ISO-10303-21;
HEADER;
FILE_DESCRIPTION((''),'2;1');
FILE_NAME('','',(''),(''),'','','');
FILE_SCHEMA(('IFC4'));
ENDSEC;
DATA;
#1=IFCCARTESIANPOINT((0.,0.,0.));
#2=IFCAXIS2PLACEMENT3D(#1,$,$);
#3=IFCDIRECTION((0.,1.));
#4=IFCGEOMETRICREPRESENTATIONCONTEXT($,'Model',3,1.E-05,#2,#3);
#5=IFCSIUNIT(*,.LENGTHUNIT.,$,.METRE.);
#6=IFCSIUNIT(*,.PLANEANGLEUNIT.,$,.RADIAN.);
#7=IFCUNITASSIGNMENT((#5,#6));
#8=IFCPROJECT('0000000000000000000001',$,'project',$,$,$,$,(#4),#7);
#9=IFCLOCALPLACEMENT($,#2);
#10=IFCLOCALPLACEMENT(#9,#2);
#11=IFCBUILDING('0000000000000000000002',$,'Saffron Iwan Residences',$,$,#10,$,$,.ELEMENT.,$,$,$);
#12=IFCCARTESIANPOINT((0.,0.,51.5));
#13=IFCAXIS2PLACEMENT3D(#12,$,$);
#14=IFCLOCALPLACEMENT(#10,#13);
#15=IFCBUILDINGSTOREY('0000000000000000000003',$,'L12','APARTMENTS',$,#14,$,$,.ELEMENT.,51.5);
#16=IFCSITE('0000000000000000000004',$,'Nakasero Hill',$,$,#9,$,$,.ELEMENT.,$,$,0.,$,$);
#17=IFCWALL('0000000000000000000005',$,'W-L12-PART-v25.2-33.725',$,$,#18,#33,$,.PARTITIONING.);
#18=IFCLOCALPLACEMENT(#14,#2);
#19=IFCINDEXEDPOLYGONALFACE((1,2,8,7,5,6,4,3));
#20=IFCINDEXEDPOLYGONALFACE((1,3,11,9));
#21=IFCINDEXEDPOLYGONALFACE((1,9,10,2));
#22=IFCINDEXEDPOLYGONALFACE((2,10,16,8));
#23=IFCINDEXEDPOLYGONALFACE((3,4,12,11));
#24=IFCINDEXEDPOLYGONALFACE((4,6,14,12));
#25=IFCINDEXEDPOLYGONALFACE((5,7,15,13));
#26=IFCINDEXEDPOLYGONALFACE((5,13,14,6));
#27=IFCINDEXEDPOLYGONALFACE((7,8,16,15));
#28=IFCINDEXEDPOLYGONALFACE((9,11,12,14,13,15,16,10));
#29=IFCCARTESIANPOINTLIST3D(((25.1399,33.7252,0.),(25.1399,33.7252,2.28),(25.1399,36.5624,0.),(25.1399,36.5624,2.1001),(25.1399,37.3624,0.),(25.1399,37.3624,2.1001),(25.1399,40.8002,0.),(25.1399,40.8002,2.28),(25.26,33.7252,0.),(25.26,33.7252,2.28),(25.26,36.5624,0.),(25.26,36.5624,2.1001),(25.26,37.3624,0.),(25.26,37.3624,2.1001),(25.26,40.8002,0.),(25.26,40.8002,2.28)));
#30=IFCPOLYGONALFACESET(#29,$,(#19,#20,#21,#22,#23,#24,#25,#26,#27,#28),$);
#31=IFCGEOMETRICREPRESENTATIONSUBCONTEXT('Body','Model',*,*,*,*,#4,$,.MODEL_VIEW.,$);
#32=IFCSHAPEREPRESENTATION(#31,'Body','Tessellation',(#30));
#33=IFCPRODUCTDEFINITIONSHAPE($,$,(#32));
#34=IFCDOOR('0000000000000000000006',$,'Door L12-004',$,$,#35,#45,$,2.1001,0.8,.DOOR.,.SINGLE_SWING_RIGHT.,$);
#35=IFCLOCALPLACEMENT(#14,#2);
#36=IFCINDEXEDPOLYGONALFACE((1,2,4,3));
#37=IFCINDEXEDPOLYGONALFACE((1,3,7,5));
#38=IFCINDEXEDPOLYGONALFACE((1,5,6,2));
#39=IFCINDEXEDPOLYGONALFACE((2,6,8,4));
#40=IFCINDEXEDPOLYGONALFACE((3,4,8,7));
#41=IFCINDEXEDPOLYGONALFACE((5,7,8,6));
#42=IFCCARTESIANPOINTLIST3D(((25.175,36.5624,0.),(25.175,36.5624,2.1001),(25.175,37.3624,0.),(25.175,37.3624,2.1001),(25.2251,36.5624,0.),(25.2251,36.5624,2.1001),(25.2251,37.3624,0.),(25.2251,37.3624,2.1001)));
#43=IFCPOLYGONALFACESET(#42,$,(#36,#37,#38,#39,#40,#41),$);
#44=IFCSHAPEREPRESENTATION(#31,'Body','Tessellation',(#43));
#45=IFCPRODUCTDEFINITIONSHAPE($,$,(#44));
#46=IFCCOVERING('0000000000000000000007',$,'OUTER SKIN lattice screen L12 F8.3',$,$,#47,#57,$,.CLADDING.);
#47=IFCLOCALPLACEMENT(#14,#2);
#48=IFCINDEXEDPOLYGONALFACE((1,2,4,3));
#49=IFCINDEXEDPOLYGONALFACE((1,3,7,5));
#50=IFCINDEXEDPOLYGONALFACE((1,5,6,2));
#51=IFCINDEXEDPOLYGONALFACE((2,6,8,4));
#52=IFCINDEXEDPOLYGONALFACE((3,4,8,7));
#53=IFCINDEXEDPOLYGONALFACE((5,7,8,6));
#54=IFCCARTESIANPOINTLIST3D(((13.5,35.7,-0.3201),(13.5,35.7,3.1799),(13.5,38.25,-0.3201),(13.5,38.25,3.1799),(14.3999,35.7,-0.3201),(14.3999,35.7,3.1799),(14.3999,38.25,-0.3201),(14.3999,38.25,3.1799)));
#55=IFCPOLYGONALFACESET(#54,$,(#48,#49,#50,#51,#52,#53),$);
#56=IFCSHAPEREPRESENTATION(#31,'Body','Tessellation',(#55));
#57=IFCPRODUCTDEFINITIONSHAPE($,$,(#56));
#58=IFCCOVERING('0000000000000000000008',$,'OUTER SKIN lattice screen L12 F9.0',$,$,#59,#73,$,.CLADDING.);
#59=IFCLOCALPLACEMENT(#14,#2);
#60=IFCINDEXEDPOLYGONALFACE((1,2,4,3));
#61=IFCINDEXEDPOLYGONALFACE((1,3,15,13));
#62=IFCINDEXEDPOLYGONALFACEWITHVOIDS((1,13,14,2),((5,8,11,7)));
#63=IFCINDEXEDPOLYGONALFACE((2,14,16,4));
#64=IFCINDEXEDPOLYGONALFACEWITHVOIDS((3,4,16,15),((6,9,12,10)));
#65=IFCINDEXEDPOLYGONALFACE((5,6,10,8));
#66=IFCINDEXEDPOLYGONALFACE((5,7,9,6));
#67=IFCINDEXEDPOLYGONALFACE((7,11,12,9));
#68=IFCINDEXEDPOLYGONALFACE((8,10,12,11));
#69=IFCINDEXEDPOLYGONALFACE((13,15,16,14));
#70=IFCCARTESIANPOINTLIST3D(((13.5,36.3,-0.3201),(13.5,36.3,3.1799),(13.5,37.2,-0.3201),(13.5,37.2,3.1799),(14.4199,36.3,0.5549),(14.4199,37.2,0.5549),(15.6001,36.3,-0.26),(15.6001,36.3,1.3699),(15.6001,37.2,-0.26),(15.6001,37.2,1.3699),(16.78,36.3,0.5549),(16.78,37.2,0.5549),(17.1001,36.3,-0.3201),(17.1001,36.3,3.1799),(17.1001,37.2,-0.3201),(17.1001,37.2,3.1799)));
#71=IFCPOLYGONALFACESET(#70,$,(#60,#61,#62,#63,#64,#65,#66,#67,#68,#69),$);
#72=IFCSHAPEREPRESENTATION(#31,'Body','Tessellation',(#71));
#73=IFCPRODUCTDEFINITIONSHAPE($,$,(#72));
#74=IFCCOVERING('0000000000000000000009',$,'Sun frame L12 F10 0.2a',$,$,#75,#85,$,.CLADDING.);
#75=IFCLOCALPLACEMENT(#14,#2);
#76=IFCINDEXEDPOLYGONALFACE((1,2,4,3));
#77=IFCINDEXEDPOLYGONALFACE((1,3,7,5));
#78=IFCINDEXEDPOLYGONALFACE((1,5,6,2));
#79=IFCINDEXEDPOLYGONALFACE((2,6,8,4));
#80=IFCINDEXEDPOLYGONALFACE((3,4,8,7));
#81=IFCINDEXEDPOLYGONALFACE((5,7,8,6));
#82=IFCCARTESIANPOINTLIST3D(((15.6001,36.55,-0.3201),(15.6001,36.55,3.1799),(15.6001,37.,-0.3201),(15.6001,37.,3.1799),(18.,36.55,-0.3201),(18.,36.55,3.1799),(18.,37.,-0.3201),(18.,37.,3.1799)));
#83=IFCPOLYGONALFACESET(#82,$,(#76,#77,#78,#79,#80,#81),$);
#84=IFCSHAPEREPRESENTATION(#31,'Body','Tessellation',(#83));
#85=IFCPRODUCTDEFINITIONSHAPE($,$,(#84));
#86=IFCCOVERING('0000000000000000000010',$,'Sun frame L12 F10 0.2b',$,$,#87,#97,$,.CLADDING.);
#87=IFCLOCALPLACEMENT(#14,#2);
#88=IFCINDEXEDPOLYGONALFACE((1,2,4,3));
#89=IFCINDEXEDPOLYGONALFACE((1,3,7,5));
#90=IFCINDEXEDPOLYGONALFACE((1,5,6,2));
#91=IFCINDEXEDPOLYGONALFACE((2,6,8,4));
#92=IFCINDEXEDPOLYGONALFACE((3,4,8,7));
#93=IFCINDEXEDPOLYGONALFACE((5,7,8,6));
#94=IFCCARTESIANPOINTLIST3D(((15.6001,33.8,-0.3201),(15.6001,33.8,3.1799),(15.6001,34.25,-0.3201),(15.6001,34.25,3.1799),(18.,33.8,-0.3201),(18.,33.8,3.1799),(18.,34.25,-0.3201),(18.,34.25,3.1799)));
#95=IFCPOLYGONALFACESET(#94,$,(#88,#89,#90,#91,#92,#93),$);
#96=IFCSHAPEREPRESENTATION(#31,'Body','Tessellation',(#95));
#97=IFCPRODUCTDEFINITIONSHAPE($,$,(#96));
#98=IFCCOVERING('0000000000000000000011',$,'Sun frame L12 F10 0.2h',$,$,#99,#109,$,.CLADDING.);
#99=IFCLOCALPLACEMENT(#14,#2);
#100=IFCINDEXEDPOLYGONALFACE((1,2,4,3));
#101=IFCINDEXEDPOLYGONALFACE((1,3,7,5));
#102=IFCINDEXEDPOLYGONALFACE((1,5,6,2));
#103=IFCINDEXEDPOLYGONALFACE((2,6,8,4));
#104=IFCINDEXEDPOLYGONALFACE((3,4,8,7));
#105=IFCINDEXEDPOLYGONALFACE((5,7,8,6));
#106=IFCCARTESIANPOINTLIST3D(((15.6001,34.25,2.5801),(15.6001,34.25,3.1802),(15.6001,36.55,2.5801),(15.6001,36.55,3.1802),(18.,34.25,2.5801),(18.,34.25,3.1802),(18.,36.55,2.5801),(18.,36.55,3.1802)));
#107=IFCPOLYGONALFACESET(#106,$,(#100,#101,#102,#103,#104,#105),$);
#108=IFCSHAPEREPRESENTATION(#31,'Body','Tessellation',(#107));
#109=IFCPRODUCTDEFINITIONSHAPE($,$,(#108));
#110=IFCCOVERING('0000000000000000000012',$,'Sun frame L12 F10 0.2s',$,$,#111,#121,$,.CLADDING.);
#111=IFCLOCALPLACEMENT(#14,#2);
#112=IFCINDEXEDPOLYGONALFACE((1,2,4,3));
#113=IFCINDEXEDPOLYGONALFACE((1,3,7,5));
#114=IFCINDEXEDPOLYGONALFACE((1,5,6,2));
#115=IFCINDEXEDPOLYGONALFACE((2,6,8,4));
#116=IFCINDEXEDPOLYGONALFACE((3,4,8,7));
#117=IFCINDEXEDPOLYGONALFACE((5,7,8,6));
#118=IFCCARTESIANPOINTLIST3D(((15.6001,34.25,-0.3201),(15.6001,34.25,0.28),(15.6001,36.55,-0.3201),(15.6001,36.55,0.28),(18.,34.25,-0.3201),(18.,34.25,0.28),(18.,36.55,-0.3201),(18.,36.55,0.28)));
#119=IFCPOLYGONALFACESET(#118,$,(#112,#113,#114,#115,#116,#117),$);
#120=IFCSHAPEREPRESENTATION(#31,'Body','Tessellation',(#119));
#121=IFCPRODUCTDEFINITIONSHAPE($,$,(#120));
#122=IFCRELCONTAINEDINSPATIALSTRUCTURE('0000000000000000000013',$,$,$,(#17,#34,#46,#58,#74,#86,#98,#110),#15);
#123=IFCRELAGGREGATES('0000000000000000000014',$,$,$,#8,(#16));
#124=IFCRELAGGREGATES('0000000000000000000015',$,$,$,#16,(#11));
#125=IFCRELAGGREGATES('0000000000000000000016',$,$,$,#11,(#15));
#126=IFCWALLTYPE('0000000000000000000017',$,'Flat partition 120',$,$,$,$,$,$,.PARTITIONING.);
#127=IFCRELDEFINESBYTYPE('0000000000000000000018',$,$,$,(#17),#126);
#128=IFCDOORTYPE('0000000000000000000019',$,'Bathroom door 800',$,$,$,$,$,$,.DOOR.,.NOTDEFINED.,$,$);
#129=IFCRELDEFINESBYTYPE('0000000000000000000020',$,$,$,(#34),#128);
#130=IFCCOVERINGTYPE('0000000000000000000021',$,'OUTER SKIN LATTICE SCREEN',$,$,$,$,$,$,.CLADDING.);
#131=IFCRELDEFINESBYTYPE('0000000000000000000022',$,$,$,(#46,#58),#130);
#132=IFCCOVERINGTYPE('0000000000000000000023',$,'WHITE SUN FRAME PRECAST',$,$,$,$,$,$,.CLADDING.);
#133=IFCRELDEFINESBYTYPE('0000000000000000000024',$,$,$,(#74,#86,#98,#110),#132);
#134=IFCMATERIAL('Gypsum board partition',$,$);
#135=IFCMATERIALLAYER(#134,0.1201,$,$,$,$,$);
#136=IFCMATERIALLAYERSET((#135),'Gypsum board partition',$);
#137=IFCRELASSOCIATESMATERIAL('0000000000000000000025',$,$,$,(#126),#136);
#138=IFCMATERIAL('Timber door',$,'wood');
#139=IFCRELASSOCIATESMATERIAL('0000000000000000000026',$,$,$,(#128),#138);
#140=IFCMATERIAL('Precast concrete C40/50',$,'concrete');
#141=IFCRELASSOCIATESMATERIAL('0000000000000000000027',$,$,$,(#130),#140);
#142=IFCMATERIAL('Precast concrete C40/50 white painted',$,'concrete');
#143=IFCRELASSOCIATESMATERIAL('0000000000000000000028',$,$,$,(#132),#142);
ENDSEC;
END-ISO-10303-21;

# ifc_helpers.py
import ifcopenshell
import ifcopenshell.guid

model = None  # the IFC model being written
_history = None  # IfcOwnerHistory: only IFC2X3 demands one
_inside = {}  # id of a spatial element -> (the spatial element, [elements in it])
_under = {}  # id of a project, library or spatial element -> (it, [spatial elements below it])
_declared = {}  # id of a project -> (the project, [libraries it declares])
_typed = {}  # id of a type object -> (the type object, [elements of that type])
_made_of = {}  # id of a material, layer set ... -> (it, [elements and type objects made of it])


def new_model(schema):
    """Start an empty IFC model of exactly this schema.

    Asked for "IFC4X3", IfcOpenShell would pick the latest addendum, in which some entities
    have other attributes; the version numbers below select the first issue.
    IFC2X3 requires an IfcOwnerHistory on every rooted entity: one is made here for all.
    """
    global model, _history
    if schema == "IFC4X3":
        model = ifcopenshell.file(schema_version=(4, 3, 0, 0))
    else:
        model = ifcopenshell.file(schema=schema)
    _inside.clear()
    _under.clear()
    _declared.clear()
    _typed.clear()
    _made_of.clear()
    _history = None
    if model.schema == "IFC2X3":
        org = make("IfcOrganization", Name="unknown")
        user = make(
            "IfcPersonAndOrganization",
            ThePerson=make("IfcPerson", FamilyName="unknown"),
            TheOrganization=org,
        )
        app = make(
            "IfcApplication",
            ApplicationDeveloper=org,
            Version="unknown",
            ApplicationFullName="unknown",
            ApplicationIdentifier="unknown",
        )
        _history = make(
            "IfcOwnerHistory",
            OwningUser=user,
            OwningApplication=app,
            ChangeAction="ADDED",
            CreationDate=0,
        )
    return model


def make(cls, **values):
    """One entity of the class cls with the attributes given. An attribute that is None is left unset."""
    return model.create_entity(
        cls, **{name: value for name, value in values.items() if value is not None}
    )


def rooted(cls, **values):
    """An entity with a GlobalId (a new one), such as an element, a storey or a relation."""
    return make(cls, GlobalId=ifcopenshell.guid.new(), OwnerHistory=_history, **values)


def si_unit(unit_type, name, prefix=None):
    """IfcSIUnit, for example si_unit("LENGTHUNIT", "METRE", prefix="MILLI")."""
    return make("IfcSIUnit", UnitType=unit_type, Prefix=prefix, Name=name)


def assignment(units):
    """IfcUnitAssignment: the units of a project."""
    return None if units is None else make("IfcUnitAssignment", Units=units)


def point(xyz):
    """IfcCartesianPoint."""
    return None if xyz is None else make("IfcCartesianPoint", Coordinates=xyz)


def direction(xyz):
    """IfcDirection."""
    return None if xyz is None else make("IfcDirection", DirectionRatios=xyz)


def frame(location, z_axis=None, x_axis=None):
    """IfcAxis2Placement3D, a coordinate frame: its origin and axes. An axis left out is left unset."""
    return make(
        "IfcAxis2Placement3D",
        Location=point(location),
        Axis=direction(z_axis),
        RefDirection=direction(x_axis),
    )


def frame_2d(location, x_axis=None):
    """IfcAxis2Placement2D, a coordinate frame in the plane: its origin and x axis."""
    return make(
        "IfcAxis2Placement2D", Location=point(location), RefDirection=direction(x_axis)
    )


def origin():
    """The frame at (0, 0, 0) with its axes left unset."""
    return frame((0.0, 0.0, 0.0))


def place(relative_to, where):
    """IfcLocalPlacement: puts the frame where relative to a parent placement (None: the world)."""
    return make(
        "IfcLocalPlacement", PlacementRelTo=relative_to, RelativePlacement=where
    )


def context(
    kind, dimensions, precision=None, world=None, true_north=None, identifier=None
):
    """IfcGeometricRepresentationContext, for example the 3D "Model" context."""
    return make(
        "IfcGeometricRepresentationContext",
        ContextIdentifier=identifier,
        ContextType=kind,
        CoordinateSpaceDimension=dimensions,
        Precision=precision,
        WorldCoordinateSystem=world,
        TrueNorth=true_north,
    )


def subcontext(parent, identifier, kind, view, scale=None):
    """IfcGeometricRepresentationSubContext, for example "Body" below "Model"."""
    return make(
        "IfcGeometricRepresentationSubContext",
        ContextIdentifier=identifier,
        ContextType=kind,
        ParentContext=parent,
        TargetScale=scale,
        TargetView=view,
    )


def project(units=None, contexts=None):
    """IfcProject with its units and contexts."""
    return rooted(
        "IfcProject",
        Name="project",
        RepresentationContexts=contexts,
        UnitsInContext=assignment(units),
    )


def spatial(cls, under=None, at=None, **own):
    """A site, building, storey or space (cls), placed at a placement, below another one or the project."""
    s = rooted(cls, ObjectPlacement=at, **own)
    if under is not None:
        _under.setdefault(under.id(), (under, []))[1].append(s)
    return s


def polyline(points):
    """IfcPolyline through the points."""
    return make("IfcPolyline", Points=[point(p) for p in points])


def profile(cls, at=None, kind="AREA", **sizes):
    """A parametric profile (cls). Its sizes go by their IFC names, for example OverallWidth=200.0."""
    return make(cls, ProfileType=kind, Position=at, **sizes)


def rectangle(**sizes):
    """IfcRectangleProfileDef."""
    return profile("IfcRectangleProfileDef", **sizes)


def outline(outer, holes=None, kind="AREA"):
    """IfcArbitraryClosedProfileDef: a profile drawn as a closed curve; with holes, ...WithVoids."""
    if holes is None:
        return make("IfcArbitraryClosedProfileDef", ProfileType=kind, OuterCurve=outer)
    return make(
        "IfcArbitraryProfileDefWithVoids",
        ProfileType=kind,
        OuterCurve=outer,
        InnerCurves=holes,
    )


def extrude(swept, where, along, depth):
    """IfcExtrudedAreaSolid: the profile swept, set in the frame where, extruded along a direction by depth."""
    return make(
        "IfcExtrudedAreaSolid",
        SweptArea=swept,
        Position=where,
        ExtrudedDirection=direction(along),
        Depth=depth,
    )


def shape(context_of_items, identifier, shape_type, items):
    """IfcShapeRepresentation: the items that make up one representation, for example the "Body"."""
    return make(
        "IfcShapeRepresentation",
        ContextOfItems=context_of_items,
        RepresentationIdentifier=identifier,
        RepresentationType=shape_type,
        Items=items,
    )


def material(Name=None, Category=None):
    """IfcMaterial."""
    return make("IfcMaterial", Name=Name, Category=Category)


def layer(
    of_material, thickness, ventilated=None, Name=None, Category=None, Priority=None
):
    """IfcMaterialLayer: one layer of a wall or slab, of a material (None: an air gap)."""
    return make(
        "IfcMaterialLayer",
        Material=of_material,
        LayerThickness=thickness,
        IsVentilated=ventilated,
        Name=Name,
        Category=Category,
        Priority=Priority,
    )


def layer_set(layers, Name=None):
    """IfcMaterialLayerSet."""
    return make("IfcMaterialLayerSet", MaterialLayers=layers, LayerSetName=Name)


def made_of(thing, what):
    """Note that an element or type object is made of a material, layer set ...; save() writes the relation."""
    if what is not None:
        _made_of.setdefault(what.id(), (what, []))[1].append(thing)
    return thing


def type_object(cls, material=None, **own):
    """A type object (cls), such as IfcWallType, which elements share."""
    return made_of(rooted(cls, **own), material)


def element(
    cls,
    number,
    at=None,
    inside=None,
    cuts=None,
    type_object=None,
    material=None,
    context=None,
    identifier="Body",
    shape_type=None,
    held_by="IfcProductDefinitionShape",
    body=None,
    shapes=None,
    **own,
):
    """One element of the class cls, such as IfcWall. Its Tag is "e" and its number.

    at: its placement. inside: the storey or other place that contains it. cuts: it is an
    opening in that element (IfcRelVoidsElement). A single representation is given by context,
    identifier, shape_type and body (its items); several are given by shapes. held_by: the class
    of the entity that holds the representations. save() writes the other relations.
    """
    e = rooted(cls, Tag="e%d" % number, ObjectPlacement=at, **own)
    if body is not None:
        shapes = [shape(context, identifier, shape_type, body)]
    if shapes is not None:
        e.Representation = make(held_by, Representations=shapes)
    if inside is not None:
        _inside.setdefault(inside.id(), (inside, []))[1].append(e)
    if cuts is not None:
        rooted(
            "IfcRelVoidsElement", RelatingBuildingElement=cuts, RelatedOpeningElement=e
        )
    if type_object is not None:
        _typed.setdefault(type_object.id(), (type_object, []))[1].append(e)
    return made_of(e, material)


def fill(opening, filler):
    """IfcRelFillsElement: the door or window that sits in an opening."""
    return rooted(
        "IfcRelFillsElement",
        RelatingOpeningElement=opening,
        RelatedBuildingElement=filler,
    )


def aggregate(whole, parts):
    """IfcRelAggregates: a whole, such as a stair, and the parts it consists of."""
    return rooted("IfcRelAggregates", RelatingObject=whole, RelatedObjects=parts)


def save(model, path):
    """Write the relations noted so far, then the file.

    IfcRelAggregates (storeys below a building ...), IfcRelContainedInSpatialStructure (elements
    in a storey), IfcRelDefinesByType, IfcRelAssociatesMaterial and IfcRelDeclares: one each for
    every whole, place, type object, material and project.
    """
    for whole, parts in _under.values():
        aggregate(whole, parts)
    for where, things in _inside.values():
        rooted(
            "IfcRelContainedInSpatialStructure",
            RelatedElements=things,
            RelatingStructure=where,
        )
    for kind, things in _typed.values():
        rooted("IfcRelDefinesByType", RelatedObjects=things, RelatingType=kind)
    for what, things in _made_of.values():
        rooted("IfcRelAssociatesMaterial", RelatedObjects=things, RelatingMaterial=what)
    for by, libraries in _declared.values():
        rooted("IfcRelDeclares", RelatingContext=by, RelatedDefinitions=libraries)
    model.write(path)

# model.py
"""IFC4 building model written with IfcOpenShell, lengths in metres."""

from ifc_helpers import new_model, si_unit, direction, frame, frame_2d, origin, place, context, subcontext, project, spatial, polyline, rectangle, outline, extrude, material, layer, layer_set, type_object, element, fill, save


model = new_model("IFC4")

# Units and contexts
model_context = context("Model", 3, precision=1e-05, world=origin(), true_north=direction((0.0, 1.0)))
body_context = subcontext(model_context, "Body", "Model", "MODEL_VIEW")
ifc_project = project(units=[si_unit("LENGTHUNIT", "METRE"), si_unit("PLANEANGLEUNIT", "RADIAN")], contexts=[model_context])

# Site, building, storey
site_placement = place(None, origin())
site = spatial("IfcSite", under=ifc_project, at=site_placement, Name="Nakasero Hill", CompositionType="ELEMENT", RefElevation=0.0)
building_placement = place(site_placement, origin())
building = spatial("IfcBuilding", under=site, at=building_placement, Name="Saffron Iwan Residences", CompositionType="ELEMENT")
storey_placement = place(building_placement, frame((0.0, 0.0, 51.5)))
storey = spatial("IfcBuildingStorey", under=building, at=storey_placement, Name="L12", Description="APARTMENTS", CompositionType="ELEMENT", Elevation=51.5)

# Shared definitions
ifc_material_1 = material(Name="Gypsum board partition")
ifc_layer_1 = layer(ifc_material_1, 0.1201)
ifc_layer_set_1 = layer_set([ifc_layer_1], Name="Gypsum board partition")
wall_type_1 = type_object("IfcWallType", Name="Flat partition 120", PredefinedType="PARTITIONING", material=ifc_layer_set_1)
ifc_material_2 = material(Name="Timber door", Category="wood")

# Wall, opening, door
wall_1_placement = place(storey_placement, frame((25.2, 33.7251, 0.0), z_axis=(0.0, 0.0, 1.0), x_axis=(0.0, 1.0, 0.0)))
wall_1 = element("IfcWall", 1, at=wall_1_placement, inside=storey, type_object=wall_type_1, Name="W-L12-PART-v25.2-33.725", PredefinedType="PARTITIONING", context=body_context, shape_type="SweptSolid", body=[
    extrude(rectangle(XDim=7.075, YDim=0.1201, at=frame_2d((3.5376, 0.0))), origin(), (0.0, 0.0, 1.0), 2.28),
])
opening_1_placement = place(wall_1_placement, frame((2.8374, 0.0, 0.0)))
opening_1 = element("IfcOpeningElement", 2, at=opening_1_placement, cuts=wall_1, PredefinedType="OPENING", context=body_context, shape_type="SweptSolid", body=[
    extrude(rectangle(XDim=0.8, YDim=2.1001, at=frame_2d((0.3999, 1.05))), frame((0.0, 0.0701, 0.0), z_axis=(0.0, -1.0, 0.0), x_axis=(1.0, 0.0, 0.0)), (0.0, 0.0, 1.0), 0.1401),
])
door_type_1 = type_object("IfcDoorType", Name="Bathroom door 800", OperationType="NOTDEFINED", PredefinedType="DOOR", material=ifc_material_2)
door_1_placement = place(opening_1_placement, origin())
door_1 = element("IfcDoor", 3, at=door_1_placement, inside=storey, type_object=door_type_1, Name="Door L12-004", OperationType="SINGLE_SWING_RIGHT", OverallHeight=2.1001, OverallWidth=0.8, PredefinedType="DOOR", context=body_context, shape_type="SweptSolid", body=[
    extrude(rectangle(XDim=0.8, YDim=2.1001, at=frame_2d((0.3999, 1.05))), frame((0.0, 0.0249, 0.0), z_axis=(0.0, -1.0, 0.0), x_axis=(1.0, 0.0, 0.0)), (0.0, 0.0, 1.0), 0.05),
])
fill(opening_1, door_1)

# Coverings
ifc_material_3 = material(Name="Precast concrete C40/50", Category="concrete")
covering_type_1 = type_object("IfcCoveringType", Name="OUTER SKIN LATTICE SCREEN", PredefinedType="CLADDING", material=ifc_material_3)
covering_1_placement = place(storey_placement, frame((14.3999, 38.25, -0.3201), z_axis=(-1.0, 0.0, 0.0), x_axis=(0.0, -1.0, 0.0)))
element("IfcCovering", 4, at=covering_1_placement, inside=storey, type_object=covering_type_1, Name="OUTER SKIN lattice screen L12 F8.3", PredefinedType="CLADDING", context=body_context, shape_type="SweptSolid", body=[
    extrude(outline(polyline([(0.0, 0.0), (2.55, 0.0), (2.55, 3.5), (0.0, 3.5), (0.0, 0.0)])), origin(), (0.0, 0.0, 1.0), 0.8999),
])
covering_2_placement = place(storey_placement, frame((13.5, 37.2, -0.3201), z_axis=(0.0, -1.0, 0.0), x_axis=(1.0, 0.0, 0.0)))
element("IfcCovering", 5, at=covering_2_placement, inside=storey, type_object=covering_type_1, Name="OUTER SKIN lattice screen L12 F9.0", PredefinedType="CLADDING", context=body_context, shape_type="SweptSolid", body=[
    extrude(outline(polyline([(0.0, 0.0), (3.6001, 0.0), (3.6001, 3.5), (0.0, 3.5), (0.0, 0.0)]), holes=[polyline([(0.9199, 0.875), (2.1001, 0.0601), (3.28, 0.875), (2.1001, 1.6899), (0.9199, 0.875)])]), origin(), (0.0, 0.0, 1.0), 0.8999),
])
ifc_material_4 = material(Name="Precast concrete C40/50 white painted", Category="concrete")
covering_type_2 = type_object("IfcCoveringType", Name="WHITE SUN FRAME PRECAST", PredefinedType="CLADDING", material=ifc_material_4)
for number, where, z_axis, x_axis, name in (
    (6, (18.0, 37.0, -0.3201), (-1.0, 0.0, 0.0), (0.0, -1.0, 0.0), "Sun frame L12 F10 0.2a"),
    (7, (18.0, 34.25, -0.3201), (-1.0, 0.0, 0.0), (0.0, -1.0, 0.0), "Sun frame L12 F10 0.2b"),
):
    element("IfcCovering", number, at=place(storey_placement, frame(where, z_axis=z_axis, x_axis=x_axis)), inside=storey, type_object=covering_type_2, Name=name, PredefinedType="CLADDING", context=body_context, shape_type="SweptSolid", body=[
        extrude(outline(polyline([(0.0, 0.0), (0.45, 0.0), (0.45, 3.5), (0.0, 3.5), (0.0, 0.0)])), origin(), (0.0, 0.0, 1.0), 2.3999),
    ])
for number, where, z_axis, x_axis, name in (
    (8, (18.0, 36.55, 2.5801), (-1.0, 0.0, 0.0), (0.0, -1.0, 0.0), "Sun frame L12 F10 0.2h"),
    (9, (18.0, 36.55, -0.3201), (-1.0, 0.0, 0.0), (0.0, -1.0, 0.0), "Sun frame L12 F10 0.2s"),
):
    element("IfcCovering", number, at=place(storey_placement, frame(where, z_axis=z_axis, x_axis=x_axis)), inside=storey, type_object=covering_type_2, Name=name, PredefinedType="CLADDING", context=body_context, shape_type="SweptSolid", body=[
        extrude(outline(polyline([(0.0, 0.0), (2.3, 0.0), (2.3, 0.6001), (0.0, 0.6001), (0.0, 0.0)])), origin(), (0.0, 0.0, 1.0), 2.3999),
    ])

save(model, "model.ifc")
